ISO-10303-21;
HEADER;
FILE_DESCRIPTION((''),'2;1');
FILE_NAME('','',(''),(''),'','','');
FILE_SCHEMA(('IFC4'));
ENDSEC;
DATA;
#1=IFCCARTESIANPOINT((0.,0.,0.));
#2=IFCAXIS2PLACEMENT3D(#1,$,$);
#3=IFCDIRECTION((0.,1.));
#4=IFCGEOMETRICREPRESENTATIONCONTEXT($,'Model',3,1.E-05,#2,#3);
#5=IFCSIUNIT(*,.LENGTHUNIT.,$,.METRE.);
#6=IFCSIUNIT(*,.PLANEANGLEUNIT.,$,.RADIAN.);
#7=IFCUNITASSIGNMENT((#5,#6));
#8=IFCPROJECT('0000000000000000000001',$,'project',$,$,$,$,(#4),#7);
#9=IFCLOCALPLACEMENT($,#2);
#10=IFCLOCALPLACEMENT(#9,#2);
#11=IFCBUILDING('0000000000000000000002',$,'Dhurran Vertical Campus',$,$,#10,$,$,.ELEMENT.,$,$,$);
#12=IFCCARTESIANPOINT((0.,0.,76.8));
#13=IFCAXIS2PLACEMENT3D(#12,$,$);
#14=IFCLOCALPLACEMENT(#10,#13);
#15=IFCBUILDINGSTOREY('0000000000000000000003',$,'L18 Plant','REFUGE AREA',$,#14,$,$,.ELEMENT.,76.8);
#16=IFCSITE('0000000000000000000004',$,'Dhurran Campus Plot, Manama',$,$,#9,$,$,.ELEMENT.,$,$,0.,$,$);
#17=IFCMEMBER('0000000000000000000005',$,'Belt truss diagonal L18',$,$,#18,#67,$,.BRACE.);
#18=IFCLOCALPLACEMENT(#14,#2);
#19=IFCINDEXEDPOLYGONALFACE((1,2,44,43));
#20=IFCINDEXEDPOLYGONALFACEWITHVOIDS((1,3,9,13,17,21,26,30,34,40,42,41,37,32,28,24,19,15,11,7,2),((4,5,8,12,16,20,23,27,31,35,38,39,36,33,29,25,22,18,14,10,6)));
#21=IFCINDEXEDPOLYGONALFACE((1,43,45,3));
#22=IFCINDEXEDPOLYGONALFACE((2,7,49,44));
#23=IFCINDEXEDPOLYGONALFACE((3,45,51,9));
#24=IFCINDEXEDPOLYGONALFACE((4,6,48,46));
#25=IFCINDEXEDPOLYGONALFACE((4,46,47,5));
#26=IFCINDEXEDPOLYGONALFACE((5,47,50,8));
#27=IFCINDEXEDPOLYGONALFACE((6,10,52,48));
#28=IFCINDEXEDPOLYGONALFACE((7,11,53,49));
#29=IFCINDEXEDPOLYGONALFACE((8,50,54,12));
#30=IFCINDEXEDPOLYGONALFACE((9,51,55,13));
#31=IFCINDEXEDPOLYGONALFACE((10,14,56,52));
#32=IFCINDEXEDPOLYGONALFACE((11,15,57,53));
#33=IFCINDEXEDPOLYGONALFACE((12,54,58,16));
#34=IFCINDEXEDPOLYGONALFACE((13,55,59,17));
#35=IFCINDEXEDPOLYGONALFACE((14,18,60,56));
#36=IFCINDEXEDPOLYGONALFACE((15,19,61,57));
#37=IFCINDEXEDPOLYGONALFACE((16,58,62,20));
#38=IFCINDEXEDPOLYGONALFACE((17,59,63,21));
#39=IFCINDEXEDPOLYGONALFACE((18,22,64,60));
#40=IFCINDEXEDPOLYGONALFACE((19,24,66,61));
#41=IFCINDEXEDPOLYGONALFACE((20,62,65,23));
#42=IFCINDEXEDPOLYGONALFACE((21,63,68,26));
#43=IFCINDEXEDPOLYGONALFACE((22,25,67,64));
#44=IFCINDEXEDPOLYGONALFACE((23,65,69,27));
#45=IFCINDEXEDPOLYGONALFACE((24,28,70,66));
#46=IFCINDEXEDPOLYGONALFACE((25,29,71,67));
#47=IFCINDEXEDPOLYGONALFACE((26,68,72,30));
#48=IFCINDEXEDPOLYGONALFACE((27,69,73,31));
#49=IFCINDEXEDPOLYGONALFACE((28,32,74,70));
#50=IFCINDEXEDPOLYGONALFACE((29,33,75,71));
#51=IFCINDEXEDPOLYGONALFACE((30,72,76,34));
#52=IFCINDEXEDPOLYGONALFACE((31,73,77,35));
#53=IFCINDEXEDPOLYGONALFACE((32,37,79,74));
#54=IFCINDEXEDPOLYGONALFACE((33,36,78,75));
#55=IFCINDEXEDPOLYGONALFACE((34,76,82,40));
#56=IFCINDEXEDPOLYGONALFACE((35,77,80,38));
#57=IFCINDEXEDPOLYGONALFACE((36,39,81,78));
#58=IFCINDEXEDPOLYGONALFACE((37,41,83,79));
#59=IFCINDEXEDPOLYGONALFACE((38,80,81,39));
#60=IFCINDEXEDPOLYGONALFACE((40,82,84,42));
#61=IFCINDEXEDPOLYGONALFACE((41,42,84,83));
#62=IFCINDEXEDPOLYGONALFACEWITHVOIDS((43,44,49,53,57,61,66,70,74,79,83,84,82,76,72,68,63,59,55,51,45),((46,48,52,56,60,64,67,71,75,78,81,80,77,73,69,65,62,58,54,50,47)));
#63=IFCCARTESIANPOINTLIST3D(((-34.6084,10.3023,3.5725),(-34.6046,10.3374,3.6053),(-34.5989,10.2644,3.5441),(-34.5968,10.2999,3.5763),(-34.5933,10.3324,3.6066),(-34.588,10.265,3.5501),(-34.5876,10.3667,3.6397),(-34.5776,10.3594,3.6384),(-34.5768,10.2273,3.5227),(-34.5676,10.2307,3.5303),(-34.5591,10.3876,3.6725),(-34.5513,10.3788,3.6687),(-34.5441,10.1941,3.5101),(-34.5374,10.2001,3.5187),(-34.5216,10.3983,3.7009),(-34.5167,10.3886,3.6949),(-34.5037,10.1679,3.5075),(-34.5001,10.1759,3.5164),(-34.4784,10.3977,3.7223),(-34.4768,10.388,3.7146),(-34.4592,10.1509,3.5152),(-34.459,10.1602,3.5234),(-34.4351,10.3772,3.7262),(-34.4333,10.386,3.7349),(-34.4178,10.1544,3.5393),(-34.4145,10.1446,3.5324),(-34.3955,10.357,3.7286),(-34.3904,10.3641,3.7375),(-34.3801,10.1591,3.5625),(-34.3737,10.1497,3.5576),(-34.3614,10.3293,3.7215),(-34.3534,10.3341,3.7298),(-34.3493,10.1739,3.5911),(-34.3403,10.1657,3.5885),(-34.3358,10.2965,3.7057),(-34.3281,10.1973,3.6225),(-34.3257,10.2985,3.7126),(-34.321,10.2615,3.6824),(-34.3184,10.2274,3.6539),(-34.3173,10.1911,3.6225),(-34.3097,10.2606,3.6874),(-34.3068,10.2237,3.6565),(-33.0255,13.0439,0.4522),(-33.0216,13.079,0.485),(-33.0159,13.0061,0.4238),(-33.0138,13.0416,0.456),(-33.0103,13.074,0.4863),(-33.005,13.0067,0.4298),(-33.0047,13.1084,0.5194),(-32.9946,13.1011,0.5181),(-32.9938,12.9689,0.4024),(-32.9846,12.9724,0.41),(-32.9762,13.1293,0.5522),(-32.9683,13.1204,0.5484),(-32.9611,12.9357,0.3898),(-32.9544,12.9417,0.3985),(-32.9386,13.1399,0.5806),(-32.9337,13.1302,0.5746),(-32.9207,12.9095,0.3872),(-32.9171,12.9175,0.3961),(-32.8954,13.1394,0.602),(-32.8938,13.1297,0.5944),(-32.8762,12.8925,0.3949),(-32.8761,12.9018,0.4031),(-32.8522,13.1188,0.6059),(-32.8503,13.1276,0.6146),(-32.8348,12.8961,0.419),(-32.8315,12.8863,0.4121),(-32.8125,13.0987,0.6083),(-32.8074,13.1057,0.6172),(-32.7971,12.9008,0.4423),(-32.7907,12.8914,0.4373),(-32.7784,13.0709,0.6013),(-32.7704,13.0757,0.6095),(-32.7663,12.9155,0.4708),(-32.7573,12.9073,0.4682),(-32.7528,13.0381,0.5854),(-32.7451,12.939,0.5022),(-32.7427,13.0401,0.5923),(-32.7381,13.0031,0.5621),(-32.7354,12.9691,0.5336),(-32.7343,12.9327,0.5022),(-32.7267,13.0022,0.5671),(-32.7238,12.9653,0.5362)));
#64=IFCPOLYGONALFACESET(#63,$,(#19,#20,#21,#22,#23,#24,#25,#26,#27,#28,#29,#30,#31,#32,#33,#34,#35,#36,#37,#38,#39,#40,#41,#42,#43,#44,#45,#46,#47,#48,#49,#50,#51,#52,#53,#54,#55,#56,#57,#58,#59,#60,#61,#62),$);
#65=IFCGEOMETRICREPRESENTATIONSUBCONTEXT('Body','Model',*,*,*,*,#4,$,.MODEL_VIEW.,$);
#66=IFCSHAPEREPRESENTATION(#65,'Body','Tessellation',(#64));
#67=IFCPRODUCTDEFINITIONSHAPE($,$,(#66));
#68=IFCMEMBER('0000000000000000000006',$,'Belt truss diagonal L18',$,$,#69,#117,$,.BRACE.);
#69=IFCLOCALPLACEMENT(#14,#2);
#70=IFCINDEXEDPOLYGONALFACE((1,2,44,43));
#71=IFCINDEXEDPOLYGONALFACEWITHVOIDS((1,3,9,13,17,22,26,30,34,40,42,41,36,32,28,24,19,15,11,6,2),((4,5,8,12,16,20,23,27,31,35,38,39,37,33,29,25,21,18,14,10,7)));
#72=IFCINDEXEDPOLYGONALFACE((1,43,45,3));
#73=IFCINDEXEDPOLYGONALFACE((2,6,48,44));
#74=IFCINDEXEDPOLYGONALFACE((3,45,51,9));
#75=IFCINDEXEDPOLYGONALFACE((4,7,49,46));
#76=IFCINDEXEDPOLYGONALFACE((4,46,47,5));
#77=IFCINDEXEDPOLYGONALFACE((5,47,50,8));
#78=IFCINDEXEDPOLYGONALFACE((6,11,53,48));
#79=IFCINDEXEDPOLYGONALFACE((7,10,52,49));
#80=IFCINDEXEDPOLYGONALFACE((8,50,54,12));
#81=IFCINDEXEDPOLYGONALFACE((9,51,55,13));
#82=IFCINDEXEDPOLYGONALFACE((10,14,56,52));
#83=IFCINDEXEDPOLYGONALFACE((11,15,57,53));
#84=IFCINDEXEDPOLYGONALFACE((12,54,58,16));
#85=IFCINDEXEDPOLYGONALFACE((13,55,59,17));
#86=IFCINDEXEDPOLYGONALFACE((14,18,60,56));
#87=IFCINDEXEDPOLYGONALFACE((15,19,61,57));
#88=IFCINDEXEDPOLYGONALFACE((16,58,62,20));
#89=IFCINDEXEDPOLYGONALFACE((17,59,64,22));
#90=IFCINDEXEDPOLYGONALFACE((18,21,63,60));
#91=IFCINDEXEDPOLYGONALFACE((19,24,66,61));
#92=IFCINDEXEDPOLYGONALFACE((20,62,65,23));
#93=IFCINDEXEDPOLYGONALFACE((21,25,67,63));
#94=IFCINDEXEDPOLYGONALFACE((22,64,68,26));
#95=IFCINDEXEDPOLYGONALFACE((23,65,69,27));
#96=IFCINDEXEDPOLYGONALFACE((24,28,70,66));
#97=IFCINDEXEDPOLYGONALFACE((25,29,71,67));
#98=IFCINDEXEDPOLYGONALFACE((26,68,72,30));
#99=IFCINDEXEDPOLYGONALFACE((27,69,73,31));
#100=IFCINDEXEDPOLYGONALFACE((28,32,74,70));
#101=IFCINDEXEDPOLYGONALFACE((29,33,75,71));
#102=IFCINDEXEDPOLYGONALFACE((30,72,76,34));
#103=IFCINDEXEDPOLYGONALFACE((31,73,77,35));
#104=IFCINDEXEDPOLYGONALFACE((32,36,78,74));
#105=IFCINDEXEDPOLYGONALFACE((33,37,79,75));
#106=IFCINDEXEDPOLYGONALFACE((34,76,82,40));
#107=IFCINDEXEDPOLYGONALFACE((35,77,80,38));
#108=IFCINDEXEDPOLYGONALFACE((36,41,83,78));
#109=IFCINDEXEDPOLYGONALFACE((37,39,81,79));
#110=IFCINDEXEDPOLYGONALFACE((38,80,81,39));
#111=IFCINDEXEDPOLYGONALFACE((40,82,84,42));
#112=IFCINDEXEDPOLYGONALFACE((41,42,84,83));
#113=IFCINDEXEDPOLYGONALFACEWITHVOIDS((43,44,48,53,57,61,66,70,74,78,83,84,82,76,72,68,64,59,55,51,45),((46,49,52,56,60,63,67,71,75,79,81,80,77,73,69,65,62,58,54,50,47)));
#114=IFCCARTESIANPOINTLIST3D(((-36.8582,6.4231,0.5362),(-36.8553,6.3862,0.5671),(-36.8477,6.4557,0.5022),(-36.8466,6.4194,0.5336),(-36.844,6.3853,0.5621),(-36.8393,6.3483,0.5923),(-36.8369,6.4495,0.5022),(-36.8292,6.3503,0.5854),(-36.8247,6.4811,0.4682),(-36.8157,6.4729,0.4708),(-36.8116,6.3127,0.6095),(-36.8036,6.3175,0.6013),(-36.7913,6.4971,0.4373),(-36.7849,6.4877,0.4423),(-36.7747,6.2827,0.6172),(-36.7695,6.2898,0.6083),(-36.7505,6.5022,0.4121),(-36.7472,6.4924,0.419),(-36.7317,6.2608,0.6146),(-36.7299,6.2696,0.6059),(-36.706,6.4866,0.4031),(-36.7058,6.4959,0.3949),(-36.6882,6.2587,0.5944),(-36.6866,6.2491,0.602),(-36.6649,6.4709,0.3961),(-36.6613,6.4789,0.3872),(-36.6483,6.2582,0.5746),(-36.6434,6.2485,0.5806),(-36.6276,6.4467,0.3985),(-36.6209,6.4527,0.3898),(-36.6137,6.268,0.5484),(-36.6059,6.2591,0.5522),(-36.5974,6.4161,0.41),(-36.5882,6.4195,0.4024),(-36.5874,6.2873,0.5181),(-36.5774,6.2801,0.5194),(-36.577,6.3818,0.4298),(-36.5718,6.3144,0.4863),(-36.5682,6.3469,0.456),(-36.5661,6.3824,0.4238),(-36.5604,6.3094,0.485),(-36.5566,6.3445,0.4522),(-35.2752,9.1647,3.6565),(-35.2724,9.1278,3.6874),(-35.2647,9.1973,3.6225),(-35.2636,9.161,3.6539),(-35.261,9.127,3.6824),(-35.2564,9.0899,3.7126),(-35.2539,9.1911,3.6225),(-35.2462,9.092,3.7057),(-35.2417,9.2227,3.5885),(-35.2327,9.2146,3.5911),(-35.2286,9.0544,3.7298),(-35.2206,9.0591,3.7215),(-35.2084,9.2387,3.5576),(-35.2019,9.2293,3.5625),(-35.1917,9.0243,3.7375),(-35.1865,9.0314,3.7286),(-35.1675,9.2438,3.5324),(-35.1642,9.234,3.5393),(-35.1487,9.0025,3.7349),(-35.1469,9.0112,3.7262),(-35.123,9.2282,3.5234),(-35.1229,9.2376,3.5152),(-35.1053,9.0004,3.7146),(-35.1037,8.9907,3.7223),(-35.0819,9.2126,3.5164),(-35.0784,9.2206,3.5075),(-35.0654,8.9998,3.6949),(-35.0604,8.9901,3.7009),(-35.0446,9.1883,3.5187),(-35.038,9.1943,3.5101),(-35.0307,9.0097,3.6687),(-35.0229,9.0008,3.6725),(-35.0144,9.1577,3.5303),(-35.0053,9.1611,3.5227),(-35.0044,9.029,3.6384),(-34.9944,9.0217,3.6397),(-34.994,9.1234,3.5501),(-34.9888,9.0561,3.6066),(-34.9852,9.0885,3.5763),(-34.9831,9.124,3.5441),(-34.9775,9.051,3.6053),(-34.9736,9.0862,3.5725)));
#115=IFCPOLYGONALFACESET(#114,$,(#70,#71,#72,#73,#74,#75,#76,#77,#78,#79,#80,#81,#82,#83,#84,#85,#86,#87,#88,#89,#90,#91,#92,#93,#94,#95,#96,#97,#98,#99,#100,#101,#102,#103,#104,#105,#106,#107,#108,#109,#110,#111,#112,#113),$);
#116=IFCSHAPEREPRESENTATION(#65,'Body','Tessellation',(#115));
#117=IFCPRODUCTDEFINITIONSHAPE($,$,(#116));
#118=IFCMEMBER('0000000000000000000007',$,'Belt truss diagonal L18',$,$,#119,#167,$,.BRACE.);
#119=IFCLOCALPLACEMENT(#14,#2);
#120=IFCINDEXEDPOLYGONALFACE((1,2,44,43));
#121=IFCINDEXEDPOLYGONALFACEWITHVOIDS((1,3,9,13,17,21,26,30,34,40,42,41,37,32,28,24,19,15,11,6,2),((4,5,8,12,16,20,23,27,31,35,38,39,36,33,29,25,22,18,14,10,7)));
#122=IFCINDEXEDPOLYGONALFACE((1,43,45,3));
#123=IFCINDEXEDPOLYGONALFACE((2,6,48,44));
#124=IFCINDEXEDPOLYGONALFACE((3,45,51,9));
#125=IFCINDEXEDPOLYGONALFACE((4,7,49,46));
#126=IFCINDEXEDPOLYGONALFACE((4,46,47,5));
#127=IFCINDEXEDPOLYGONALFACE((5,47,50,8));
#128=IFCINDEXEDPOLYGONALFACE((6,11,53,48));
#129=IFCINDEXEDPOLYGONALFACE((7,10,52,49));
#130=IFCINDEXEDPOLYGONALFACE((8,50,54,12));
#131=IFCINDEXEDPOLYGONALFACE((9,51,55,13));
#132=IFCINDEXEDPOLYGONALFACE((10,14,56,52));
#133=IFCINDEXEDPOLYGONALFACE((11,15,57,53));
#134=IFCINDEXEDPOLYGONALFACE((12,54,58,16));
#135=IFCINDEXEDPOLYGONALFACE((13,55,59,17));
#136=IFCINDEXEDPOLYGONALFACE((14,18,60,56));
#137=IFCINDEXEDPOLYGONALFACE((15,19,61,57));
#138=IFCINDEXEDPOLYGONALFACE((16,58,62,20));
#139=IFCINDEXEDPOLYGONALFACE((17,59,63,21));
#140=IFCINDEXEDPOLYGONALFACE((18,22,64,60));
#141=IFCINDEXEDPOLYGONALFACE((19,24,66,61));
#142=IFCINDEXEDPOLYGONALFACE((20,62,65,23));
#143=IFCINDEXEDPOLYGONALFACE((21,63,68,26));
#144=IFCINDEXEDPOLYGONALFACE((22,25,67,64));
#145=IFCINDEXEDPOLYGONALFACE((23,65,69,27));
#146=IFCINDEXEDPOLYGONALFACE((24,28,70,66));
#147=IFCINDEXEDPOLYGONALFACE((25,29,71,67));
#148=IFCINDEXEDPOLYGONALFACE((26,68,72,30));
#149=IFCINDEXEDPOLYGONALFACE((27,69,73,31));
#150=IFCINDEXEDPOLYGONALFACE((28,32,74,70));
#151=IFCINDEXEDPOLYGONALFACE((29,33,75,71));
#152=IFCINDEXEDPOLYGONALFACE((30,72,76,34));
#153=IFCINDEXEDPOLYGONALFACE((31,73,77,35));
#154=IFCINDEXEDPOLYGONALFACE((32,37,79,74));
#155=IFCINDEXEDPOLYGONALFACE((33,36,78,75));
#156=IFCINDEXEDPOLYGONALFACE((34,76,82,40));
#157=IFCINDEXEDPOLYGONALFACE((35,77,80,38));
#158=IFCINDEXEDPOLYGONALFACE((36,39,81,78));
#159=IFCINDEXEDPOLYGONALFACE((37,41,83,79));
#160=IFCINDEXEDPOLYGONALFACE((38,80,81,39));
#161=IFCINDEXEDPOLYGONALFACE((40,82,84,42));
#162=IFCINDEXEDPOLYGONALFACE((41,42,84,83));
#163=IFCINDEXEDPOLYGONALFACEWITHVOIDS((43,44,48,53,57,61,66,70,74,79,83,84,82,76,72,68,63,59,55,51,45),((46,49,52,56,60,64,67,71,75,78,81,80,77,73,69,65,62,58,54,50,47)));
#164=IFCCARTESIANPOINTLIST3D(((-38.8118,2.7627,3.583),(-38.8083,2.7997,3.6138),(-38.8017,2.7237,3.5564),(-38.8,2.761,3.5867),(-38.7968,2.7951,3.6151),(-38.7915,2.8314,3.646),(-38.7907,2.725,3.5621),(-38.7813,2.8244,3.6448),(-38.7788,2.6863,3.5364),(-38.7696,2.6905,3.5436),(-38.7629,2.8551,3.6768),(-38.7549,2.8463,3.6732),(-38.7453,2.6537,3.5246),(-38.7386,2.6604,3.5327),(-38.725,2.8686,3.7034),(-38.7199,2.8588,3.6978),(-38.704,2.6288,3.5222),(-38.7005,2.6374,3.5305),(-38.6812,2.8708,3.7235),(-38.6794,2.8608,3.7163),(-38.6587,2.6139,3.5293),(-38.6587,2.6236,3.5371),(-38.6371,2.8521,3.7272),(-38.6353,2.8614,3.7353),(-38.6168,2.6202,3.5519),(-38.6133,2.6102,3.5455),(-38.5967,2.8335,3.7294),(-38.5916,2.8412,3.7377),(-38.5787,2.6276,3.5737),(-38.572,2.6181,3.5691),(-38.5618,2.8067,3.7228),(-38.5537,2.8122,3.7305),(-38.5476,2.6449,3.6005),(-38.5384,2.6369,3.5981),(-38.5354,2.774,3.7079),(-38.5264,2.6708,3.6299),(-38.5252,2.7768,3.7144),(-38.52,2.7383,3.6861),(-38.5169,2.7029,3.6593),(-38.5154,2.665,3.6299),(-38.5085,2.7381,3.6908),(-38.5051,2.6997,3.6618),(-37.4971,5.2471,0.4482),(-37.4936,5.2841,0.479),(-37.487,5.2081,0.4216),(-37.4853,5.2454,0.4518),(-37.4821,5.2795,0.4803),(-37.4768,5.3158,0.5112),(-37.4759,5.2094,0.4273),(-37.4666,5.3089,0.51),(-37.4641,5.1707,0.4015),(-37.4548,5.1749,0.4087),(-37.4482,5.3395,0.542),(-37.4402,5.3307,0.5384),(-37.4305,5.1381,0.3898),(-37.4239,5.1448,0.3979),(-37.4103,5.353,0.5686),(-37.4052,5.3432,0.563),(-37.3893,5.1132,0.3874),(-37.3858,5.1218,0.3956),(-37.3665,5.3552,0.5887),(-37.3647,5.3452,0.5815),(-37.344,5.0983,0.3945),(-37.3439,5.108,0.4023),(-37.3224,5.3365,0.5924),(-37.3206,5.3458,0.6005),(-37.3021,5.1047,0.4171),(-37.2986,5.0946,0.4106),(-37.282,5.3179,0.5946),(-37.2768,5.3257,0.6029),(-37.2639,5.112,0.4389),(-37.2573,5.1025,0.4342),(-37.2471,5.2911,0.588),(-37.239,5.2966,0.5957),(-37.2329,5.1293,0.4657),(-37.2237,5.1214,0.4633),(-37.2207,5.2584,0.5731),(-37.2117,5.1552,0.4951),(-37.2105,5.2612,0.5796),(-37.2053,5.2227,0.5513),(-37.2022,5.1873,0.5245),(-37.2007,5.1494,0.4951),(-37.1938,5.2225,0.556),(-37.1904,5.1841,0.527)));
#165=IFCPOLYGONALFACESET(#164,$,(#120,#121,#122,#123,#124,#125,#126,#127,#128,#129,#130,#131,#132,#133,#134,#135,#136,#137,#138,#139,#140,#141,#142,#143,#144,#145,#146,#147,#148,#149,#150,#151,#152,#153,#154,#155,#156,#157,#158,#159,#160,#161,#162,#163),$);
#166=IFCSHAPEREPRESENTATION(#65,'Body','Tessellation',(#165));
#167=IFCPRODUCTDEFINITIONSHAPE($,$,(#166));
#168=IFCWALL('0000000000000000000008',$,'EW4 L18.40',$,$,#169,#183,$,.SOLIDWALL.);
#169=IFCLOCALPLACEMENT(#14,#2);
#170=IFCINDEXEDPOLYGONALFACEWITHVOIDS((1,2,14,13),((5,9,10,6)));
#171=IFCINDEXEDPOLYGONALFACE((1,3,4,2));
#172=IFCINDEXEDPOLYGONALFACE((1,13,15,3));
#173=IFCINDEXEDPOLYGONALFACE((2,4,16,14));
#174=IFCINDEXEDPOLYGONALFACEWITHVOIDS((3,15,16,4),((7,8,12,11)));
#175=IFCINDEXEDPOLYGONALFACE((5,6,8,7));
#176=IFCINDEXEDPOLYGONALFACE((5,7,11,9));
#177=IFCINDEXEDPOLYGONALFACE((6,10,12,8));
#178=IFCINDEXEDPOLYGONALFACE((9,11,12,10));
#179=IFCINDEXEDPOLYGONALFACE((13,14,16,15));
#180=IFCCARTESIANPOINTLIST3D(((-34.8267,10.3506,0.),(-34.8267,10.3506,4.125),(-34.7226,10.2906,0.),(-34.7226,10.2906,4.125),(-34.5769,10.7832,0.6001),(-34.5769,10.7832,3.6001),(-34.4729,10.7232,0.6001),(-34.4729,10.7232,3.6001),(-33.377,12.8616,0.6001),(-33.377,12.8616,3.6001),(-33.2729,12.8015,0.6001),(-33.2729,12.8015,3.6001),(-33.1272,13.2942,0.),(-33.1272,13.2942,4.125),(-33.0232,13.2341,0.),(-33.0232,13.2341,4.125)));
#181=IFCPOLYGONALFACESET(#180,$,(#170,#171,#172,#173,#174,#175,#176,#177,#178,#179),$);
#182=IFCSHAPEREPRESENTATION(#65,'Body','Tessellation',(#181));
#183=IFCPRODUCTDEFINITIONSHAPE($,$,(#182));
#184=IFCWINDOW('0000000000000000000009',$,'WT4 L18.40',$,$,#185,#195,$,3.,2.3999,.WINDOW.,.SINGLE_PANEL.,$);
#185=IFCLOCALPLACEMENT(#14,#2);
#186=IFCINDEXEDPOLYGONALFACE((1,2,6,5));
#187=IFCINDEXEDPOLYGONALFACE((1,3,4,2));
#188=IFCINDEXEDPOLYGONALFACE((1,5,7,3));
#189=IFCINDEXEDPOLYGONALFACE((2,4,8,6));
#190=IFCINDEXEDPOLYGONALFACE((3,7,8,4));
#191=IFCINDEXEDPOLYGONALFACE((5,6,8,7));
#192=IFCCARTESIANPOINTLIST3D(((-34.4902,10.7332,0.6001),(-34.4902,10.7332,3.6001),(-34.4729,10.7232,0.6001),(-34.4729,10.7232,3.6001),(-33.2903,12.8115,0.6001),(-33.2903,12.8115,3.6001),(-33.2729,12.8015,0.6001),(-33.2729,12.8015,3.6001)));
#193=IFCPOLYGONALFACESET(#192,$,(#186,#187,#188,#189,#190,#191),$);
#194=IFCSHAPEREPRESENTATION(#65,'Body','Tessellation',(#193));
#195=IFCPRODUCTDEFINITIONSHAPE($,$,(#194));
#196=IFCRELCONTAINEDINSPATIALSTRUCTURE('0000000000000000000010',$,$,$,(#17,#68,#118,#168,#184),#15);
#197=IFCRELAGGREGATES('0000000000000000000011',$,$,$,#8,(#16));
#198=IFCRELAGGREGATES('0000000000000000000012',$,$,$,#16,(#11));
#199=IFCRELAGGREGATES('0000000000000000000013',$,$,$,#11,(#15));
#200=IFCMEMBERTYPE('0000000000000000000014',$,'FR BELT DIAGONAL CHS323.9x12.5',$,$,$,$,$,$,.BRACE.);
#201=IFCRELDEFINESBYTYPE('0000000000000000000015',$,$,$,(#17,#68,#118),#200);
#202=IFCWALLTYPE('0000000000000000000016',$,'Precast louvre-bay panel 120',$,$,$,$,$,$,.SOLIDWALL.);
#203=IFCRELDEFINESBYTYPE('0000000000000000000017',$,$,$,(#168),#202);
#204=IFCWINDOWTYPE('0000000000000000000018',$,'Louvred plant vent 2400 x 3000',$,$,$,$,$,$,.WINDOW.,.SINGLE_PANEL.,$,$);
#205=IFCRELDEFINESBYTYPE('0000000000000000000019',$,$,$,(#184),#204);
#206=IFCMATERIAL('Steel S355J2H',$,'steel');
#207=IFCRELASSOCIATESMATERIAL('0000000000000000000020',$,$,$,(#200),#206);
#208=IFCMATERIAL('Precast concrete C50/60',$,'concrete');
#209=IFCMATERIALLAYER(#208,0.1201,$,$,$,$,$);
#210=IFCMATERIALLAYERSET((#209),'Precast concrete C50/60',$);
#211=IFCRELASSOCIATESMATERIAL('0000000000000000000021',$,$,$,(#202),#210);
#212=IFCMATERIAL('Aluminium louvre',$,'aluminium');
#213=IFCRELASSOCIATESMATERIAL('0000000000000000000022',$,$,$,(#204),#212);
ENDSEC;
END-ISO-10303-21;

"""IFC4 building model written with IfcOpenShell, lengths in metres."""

from ifc_helpers import new_model, si_unit, direction, frame, frame_2d, origin, origin_2d, place, context, subcontext, project, spatial, rectangle, hollow_circle, extrude, material, layer, layer_set, material_profile, profile_set, type_object, element, fill, save


model = new_model("IFC4")

# Units and contexts
model_context = context("Model", 3, precision=1e-05, world=origin(), true_north=direction((0.0, 1.0)))
body_context = subcontext(model_context, "Body", "Model", "MODEL_VIEW")
ifc_project = project(units=[si_unit("LENGTHUNIT", "METRE"), si_unit("PLANEANGLEUNIT", "RADIAN")], contexts=[model_context])

# Site, building, storey
site_placement = place(None, origin())
site = spatial("IfcSite", under=ifc_project, at=site_placement, Name="Dhurran Campus Plot, Manama", CompositionType="ELEMENT", RefElevation=0.0)
building_placement = place(site_placement, origin())
building = spatial("IfcBuilding", under=site, at=building_placement, Name="Dhurran Vertical Campus", CompositionType="ELEMENT")
storey_placement = place(building_placement, frame((0.0, 0.0, 76.8)))
storey = spatial("IfcBuildingStorey", under=building, at=storey_placement, Name="L18 Plant", Description="REFUGE AREA", CompositionType="ELEMENT", Elevation=76.8)

# Members
ifc_material_1 = material(Name="Steel S355J2H", Category="steel")
ifc_material_profile_1 = material_profile(ifc_material_1, hollow_circle(Radius=0.1619, WallThickness=0.0125, at=origin_2d()), Name="CHS323.9x12.5")
ifc_profile_set_1 = profile_set([ifc_material_profile_1], Name="Steel S355J2H")
member_type = type_object("IfcMemberType", Name="FR BELT DIAGONAL CHS323.9x12.5", PredefinedType="BRACE", material=ifc_profile_set_1)
for number, where, z_axis, x_axis, name in (
    (1, (-32.8745, 13.0137, 0.5022), (-0.356119, -0.616782, 0.701968), (0.866013, -0.500021, 0.0), "Belt truss diagonal L18"),
    (2, (-36.7075, 6.3748, 0.5022), (0.356119, 0.616782, 0.701968), (-0.866013, 0.500021, 0.0), "Belt truss diagonal L18"),
):
    element("IfcMember", number, at=place(storey_placement, frame(where, z_axis=z_axis, x_axis=x_axis)), inside=storey, type_object=member_type, Name=name, PredefinedType="BRACE", context=body_context, shape_type="SweptSolid", body=[
        extrude(hollow_circle(Radius=0.1619, WallThickness=0.0125, at=origin_2d()), origin(), (0.0, 0.0, 1.0), 4.4451),
    ])
member_1_placement = place(storey_placement, frame((-37.3438, 5.2251, 0.4951), z_axis=(-0.312251, -0.59006, 0.744533), x_axis=(0.88387, -0.467732, 0.0)))
element("IfcMember", 3, at=member_1_placement, inside=storey, type_object=member_type, Name="Belt truss diagonal L18", PredefinedType="BRACE", context=body_context, shape_type="SweptSolid", body=[
    extrude(hollow_circle(Radius=0.1619, WallThickness=0.0125, at=origin_2d()), origin(), (0.0, 0.0, 1.0), 4.2104),
])

# Wall, opening, window
ifc_material_2 = material(Name="Precast concrete C50/60", Category="concrete")
ifc_layer_1 = layer(ifc_material_2, 0.1201)
ifc_layer_set_1 = layer_set([ifc_layer_1], Name="Precast concrete C50/60")
wall_type_1 = type_object("IfcWallType", Name="Precast louvre-bay panel 120", PredefinedType="SOLIDWALL", material=ifc_layer_set_1)
wall_1_placement = place(storey_placement, frame((-33.0752, 13.2642, 0.0), z_axis=(0.0, 0.0, 1.0), x_axis=(-0.499994, -0.866029, 0.0)))
wall_1 = element("IfcWall", 4, at=wall_1_placement, inside=storey, type_object=wall_type_1, Name="EW4 L18.40", PredefinedType="SOLIDWALL", context=body_context, shape_type="SweptSolid", body=[
    extrude(rectangle(XDim=3.3989, YDim=0.1201, at=frame_2d((1.6995, 0.0))), origin(), (0.0, 0.0, 1.0), 4.125),
])
opening_1_placement = place(wall_1_placement, frame((0.4995, 0.0, 0.6001)))
opening_1 = element("IfcOpeningElement", 5, at=opening_1_placement, cuts=wall_1, PredefinedType="OPENING", context=body_context, shape_type="SweptSolid", body=[
    extrude(rectangle(XDim=2.3999, YDim=3.0, at=frame_2d((1.2, 1.5))), frame((0.0, 0.0701, 0.0), z_axis=(0.0, -1.0, 0.0), x_axis=(1.0, 0.0, 0.0)), (0.0, 0.0, 1.0), 0.1401),
])
ifc_material_3 = material(Name="Aluminium louvre", Category="aluminium")
window_type = type_object("IfcWindowType", Name="Louvred plant vent 2400 x 3000", PartitioningType="SINGLE_PANEL", PredefinedType="WINDOW", material=ifc_material_3)
window_1_placement = place(opening_1_placement, origin())
window_1 = element("IfcWindow", 6, at=window_1_placement, inside=storey, type_object=window_type, Name="WT4 L18.40", OverallHeight=3.0, OverallWidth=2.3999, PartitioningType="SINGLE_PANEL", PredefinedType="WINDOW", context=body_context, shape_type="SweptSolid", body=[
    extrude(rectangle(XDim=2.3999, YDim=3.0, at=frame_2d((1.2, 1.5))), frame((0.0, 0.0601, 0.0), z_axis=(0.0, -1.0, 0.0), x_axis=(1.0, 0.0, 0.0)), (0.0, 0.0, 1.0), 0.02),
])
fill(opening_1, window_1)

save(model, "model.ifc")
